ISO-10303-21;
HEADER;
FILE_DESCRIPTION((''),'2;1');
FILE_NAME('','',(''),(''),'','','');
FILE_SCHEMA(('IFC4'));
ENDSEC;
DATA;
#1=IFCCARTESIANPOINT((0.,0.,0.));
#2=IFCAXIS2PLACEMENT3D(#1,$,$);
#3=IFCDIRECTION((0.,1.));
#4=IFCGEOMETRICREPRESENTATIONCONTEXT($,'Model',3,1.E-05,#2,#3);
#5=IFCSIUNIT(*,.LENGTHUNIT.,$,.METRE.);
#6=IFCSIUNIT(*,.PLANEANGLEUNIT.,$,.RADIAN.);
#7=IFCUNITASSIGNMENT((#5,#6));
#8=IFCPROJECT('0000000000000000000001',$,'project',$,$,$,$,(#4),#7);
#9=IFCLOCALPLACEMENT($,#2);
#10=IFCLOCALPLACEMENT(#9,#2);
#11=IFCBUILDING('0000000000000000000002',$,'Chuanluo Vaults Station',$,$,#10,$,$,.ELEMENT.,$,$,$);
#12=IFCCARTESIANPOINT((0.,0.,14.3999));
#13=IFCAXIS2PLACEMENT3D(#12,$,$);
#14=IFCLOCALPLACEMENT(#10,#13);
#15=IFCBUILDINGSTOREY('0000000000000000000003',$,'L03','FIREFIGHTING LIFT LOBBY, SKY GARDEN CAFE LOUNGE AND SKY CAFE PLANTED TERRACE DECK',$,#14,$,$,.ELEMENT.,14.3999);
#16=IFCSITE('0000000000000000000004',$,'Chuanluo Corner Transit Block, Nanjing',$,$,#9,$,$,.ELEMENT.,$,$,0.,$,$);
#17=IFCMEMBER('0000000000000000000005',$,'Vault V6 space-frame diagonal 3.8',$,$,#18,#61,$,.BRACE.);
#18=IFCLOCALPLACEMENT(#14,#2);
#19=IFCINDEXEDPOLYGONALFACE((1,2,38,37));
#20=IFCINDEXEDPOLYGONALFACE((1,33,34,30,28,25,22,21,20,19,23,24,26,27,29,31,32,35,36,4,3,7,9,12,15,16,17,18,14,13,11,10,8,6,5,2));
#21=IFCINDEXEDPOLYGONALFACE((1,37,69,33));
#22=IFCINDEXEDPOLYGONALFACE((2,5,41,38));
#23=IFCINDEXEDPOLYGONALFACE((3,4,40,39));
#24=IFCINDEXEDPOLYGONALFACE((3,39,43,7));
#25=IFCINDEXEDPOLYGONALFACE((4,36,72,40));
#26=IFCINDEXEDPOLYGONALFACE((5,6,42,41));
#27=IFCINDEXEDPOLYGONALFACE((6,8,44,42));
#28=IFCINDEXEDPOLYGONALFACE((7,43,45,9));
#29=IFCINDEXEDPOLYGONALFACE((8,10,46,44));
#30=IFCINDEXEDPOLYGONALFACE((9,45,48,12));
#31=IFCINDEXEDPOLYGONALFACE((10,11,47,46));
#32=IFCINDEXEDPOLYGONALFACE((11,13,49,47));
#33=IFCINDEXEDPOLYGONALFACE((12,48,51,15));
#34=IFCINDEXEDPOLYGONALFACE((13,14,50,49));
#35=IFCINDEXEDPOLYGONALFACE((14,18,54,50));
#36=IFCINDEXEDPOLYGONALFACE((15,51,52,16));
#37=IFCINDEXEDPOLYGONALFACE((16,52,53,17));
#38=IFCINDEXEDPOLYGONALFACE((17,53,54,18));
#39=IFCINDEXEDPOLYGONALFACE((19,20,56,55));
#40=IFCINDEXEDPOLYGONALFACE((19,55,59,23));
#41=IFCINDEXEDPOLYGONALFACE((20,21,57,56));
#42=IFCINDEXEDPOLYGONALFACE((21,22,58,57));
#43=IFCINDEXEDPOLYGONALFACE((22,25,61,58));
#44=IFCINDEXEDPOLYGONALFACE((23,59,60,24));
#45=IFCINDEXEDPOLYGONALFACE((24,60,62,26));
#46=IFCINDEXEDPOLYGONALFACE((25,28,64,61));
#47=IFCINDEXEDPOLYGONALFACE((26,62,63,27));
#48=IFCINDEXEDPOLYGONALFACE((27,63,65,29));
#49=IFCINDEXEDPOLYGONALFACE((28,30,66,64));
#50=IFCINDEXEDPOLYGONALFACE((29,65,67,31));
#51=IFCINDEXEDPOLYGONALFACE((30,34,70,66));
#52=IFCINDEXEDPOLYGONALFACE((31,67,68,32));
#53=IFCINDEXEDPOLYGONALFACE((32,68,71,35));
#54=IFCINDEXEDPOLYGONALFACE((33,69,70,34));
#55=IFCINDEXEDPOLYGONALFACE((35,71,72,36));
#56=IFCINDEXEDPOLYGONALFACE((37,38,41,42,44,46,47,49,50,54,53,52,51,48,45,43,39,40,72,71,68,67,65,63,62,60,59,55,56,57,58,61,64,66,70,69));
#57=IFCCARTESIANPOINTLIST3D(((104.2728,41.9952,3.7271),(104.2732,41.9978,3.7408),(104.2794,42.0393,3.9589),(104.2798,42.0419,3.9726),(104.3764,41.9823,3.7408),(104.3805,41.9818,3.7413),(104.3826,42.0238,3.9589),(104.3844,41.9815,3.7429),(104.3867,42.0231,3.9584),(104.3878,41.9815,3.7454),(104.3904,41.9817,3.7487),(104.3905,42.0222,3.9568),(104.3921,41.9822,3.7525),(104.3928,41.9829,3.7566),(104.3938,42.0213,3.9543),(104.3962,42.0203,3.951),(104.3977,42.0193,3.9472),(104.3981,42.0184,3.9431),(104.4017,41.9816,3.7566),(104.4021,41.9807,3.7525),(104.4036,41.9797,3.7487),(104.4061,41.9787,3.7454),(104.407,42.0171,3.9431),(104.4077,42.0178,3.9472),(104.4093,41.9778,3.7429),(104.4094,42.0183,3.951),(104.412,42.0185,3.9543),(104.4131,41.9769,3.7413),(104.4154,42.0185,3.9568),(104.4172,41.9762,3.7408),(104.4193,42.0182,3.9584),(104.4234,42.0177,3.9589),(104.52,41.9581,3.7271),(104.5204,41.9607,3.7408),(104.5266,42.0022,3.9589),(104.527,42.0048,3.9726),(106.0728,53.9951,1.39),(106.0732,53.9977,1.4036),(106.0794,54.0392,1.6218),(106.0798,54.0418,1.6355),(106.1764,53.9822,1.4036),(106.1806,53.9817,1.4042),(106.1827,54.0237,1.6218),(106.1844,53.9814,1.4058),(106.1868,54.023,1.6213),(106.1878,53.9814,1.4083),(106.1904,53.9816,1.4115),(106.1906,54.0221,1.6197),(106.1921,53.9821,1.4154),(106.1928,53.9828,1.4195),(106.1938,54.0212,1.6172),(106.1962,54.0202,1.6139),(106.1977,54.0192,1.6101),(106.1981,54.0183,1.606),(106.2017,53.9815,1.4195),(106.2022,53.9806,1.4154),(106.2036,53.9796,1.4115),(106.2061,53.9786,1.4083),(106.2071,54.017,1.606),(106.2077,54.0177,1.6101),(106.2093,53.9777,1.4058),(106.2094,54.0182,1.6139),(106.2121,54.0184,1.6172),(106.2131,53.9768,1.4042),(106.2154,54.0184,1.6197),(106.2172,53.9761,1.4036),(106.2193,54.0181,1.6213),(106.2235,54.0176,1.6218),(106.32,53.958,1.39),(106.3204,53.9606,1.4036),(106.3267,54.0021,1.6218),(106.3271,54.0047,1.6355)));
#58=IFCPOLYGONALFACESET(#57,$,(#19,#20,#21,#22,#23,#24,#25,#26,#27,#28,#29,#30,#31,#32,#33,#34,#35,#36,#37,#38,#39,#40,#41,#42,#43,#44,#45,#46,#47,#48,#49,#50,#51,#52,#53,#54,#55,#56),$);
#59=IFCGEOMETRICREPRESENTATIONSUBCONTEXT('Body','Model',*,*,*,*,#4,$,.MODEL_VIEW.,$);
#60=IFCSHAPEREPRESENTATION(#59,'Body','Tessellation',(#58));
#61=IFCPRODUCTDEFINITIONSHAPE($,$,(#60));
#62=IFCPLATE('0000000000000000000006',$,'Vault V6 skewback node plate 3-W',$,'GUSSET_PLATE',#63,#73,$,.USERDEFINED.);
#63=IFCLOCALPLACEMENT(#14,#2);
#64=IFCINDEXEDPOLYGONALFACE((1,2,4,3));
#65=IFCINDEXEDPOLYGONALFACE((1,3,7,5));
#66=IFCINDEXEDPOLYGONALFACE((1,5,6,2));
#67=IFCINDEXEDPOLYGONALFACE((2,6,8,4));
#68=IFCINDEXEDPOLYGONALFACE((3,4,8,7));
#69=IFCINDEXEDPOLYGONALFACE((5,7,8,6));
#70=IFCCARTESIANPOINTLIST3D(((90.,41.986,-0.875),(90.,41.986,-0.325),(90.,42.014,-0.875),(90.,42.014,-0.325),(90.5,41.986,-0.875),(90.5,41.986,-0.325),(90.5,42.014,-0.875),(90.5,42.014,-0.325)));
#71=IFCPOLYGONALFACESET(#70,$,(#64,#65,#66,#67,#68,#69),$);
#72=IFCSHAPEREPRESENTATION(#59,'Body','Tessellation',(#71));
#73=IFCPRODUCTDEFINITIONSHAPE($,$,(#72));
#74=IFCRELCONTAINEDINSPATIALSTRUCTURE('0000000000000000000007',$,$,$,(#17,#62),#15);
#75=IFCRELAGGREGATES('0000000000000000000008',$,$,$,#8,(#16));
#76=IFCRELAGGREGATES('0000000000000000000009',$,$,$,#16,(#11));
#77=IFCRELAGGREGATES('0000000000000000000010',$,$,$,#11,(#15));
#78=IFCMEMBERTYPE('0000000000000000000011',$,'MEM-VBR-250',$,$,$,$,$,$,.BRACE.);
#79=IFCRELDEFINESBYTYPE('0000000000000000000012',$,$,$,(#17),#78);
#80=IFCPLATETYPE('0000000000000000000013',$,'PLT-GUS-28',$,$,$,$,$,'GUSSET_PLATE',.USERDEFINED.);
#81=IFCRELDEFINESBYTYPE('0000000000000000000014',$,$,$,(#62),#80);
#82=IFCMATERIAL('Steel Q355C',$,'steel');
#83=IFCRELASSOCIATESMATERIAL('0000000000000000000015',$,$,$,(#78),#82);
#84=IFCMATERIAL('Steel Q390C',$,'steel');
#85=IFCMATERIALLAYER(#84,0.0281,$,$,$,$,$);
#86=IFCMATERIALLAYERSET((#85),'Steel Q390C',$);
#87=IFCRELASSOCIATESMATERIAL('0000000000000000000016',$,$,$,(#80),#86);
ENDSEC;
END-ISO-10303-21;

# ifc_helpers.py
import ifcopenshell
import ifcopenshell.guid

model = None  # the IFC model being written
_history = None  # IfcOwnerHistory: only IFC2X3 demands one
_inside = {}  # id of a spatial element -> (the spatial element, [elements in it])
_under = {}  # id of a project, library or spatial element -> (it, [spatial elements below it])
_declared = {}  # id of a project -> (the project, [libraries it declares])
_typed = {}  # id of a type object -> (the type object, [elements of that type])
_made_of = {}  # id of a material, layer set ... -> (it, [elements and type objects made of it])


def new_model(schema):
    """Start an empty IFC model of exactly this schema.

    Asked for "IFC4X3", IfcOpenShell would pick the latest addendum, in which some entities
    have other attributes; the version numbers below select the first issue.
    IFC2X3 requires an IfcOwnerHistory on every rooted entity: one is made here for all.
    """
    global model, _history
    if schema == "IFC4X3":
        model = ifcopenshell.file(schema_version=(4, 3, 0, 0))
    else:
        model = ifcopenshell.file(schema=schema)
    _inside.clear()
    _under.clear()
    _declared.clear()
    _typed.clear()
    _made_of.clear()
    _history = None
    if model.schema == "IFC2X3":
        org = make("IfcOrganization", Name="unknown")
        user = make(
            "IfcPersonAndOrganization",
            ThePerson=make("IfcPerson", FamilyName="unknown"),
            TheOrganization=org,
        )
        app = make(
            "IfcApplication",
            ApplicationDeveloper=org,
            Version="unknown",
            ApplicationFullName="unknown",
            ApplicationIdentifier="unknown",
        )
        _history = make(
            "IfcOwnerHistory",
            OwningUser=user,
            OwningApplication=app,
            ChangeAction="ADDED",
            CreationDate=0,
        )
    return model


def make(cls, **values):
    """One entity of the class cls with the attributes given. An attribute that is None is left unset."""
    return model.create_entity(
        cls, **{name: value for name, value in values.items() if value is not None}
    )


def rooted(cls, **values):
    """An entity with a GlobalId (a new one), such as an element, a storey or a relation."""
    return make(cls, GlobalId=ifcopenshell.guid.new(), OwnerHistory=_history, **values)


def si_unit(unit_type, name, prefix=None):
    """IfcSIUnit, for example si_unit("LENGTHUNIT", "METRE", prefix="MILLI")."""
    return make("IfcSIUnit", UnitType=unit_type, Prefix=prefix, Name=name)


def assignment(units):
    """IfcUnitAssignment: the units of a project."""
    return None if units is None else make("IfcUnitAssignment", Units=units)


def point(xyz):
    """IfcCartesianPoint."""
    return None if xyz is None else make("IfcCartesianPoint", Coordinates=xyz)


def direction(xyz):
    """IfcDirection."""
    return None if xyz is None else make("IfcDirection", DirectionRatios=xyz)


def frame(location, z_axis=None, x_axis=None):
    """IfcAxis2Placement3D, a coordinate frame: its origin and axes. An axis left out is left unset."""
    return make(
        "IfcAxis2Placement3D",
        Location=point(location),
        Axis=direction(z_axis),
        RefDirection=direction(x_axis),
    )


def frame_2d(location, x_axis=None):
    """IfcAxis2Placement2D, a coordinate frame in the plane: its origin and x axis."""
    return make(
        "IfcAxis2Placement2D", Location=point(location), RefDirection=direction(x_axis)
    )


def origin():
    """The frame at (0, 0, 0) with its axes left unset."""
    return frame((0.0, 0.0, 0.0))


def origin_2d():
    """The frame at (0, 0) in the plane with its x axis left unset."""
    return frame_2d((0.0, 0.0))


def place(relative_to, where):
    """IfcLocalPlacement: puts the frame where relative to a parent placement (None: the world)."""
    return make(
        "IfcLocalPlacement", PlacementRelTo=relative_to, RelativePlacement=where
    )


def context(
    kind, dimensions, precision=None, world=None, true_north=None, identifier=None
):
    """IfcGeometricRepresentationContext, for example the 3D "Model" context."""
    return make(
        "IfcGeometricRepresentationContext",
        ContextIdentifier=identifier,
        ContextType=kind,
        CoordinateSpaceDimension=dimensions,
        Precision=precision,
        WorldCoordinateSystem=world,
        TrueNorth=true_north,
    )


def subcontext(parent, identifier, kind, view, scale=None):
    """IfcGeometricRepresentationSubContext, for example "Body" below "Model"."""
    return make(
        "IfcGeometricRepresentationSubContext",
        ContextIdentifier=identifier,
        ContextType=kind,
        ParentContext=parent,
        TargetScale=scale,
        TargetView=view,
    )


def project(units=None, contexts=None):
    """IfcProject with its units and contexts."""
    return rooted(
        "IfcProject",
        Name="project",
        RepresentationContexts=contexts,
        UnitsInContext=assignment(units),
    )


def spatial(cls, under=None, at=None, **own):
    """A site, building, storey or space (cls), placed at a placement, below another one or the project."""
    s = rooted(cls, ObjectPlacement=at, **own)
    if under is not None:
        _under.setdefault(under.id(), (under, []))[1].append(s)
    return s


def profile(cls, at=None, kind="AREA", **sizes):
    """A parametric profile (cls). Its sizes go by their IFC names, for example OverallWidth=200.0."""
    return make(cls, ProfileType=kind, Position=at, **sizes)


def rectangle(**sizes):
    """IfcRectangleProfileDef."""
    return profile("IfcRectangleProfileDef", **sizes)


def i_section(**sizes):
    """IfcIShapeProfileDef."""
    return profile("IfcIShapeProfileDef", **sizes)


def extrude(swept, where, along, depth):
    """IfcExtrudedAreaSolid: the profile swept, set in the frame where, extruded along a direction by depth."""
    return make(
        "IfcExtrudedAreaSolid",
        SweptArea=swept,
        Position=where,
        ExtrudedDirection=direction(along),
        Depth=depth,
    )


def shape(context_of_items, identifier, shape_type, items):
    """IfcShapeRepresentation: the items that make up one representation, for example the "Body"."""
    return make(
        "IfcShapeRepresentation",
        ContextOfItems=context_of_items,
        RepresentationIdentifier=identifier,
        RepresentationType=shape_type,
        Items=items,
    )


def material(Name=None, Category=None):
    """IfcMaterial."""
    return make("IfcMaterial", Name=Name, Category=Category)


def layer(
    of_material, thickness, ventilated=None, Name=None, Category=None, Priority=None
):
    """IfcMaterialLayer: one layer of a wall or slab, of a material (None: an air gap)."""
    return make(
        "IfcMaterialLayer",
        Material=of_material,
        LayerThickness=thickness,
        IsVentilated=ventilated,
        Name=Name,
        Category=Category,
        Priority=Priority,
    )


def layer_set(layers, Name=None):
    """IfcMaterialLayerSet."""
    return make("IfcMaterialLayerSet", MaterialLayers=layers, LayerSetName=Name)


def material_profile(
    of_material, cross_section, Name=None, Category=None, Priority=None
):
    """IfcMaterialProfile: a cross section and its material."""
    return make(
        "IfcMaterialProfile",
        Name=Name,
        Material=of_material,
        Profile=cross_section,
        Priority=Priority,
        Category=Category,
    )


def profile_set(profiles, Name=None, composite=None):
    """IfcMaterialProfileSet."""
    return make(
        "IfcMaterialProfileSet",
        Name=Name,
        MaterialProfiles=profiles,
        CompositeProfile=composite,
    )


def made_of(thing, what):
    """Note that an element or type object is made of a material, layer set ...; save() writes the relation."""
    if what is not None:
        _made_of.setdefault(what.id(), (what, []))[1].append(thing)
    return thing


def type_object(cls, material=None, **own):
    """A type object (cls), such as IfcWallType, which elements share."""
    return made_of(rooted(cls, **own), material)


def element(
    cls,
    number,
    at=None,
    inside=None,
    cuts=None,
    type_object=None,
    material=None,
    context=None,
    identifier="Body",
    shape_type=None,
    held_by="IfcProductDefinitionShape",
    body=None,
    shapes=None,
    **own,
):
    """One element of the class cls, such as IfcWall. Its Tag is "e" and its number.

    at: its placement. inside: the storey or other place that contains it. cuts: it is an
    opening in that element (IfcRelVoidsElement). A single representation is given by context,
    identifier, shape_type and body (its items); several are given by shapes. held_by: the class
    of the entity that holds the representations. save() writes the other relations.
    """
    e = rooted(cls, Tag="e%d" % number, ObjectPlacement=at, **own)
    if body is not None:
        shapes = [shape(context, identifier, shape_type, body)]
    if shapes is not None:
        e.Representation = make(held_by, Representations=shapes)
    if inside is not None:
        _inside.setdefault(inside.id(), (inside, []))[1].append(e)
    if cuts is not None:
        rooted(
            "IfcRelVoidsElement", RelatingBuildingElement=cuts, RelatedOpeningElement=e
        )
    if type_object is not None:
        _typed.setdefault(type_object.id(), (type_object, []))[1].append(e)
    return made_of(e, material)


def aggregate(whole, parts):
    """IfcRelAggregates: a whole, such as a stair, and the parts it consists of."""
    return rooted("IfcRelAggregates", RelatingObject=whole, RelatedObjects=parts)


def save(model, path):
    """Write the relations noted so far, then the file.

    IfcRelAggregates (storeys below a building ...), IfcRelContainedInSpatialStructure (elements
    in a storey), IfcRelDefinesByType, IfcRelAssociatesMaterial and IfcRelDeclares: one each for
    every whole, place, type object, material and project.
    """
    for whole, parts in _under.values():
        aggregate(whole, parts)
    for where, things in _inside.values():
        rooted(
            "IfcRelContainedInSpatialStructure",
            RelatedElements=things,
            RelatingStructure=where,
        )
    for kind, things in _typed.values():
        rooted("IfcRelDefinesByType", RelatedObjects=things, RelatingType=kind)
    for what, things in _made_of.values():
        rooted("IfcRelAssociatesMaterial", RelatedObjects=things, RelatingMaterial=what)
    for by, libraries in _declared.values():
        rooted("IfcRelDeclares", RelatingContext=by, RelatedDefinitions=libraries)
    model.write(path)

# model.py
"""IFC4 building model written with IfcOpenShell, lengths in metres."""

from ifc_helpers import new_model, si_unit, direction, frame, origin, origin_2d, place, context, subcontext, project, spatial, rectangle, i_section, extrude, material, layer, layer_set, material_profile, profile_set, type_object, element, save


model = new_model("IFC4")

# Units and contexts
model_context = context("Model", 3, precision=1e-05, world=origin(), true_north=direction((0.0, 1.0)))
body_context = subcontext(model_context, "Body", "Model", "MODEL_VIEW")
ifc_project = project(units=[si_unit("LENGTHUNIT", "METRE"), si_unit("PLANEANGLEUNIT", "RADIAN")], contexts=[model_context])

# Site, building, storey
site_placement = place(None, origin())
site = spatial("IfcSite", under=ifc_project, at=site_placement, Name="Chuanluo Corner Transit Block, Nanjing", CompositionType="ELEMENT", RefElevation=0.0)
building_placement = place(site_placement, origin())
building = spatial("IfcBuilding", under=site, at=building_placement, Name="Chuanluo Vaults Station", CompositionType="ELEMENT")
storey_placement = place(building_placement, frame((0.0, 0.0, 14.3999)))
storey = spatial("IfcBuildingStorey", under=building, at=storey_placement, Name="L03", Description="FIREFIGHTING LIFT LOBBY, SKY GARDEN CAFE LOUNGE AND SKY CAFE PLANTED TERRACE DECK", CompositionType="ELEMENT", Elevation=14.3999)

# Member
ifc_material_1 = material(Name="Steel Q355C", Category="steel")
ifc_material_profile_1 = material_profile(ifc_material_1, i_section(OverallWidth=0.25, OverallDepth=0.25, WebThickness=0.009, FlangeThickness=0.0139, FilletRadius=0.0161, at=origin_2d()))
ifc_profile_set_1 = profile_set([ifc_material_profile_1], Name="Steel Q355C")
member_type_1 = type_object("IfcMemberType", Name="MEM-VBR-250", PredefinedType="BRACE", material=ifc_profile_set_1)
member_1_placement = place(storey_placement, frame((104.3999, 42.0, 3.8499), z_axis=(0.145667, 0.971087, -0.189132), x_axis=(-0.988936, 0.148344, 0.0)))
element("IfcMember", 1, at=member_1_placement, inside=storey, type_object=member_type_1, Name="Vault V6 space-frame diagonal 3.8", PredefinedType="BRACE", context=body_context, shape_type="SweptSolid", body=[
    extrude(i_section(OverallWidth=0.25, OverallDepth=0.25, WebThickness=0.009, FlangeThickness=0.0139, FilletRadius=0.0161, at=origin_2d()), origin(), (0.0, 0.0, 1.0), 12.3572),
])

# Plate
ifc_material_2 = material(Name="Steel Q390C", Category="steel")
ifc_layer = layer(ifc_material_2, 0.0281)
ifc_layer_set = layer_set([ifc_layer], Name="Steel Q390C")
plate_type = type_object("IfcPlateType", Name="PLT-GUS-28", ElementType="GUSSET_PLATE", PredefinedType="USERDEFINED", material=ifc_layer_set)
plate_placement = place(storey_placement, frame((90.25, 42.0, -0.875), z_axis=(0.0, 0.0, 1.0), x_axis=(1.0, 0.0, 0.0)))
element("IfcPlate", 2, at=plate_placement, inside=storey, type_object=plate_type, Name="Vault V6 skewback node plate 3-W", ObjectType="GUSSET_PLATE", PredefinedType="USERDEFINED", context=body_context, shape_type="SweptSolid", body=[
    extrude(rectangle(XDim=0.5, YDim=0.0281, at=origin_2d()), origin(), (0.0, 0.0, 1.0), 0.55),
])

save(model, "model.ifc")
